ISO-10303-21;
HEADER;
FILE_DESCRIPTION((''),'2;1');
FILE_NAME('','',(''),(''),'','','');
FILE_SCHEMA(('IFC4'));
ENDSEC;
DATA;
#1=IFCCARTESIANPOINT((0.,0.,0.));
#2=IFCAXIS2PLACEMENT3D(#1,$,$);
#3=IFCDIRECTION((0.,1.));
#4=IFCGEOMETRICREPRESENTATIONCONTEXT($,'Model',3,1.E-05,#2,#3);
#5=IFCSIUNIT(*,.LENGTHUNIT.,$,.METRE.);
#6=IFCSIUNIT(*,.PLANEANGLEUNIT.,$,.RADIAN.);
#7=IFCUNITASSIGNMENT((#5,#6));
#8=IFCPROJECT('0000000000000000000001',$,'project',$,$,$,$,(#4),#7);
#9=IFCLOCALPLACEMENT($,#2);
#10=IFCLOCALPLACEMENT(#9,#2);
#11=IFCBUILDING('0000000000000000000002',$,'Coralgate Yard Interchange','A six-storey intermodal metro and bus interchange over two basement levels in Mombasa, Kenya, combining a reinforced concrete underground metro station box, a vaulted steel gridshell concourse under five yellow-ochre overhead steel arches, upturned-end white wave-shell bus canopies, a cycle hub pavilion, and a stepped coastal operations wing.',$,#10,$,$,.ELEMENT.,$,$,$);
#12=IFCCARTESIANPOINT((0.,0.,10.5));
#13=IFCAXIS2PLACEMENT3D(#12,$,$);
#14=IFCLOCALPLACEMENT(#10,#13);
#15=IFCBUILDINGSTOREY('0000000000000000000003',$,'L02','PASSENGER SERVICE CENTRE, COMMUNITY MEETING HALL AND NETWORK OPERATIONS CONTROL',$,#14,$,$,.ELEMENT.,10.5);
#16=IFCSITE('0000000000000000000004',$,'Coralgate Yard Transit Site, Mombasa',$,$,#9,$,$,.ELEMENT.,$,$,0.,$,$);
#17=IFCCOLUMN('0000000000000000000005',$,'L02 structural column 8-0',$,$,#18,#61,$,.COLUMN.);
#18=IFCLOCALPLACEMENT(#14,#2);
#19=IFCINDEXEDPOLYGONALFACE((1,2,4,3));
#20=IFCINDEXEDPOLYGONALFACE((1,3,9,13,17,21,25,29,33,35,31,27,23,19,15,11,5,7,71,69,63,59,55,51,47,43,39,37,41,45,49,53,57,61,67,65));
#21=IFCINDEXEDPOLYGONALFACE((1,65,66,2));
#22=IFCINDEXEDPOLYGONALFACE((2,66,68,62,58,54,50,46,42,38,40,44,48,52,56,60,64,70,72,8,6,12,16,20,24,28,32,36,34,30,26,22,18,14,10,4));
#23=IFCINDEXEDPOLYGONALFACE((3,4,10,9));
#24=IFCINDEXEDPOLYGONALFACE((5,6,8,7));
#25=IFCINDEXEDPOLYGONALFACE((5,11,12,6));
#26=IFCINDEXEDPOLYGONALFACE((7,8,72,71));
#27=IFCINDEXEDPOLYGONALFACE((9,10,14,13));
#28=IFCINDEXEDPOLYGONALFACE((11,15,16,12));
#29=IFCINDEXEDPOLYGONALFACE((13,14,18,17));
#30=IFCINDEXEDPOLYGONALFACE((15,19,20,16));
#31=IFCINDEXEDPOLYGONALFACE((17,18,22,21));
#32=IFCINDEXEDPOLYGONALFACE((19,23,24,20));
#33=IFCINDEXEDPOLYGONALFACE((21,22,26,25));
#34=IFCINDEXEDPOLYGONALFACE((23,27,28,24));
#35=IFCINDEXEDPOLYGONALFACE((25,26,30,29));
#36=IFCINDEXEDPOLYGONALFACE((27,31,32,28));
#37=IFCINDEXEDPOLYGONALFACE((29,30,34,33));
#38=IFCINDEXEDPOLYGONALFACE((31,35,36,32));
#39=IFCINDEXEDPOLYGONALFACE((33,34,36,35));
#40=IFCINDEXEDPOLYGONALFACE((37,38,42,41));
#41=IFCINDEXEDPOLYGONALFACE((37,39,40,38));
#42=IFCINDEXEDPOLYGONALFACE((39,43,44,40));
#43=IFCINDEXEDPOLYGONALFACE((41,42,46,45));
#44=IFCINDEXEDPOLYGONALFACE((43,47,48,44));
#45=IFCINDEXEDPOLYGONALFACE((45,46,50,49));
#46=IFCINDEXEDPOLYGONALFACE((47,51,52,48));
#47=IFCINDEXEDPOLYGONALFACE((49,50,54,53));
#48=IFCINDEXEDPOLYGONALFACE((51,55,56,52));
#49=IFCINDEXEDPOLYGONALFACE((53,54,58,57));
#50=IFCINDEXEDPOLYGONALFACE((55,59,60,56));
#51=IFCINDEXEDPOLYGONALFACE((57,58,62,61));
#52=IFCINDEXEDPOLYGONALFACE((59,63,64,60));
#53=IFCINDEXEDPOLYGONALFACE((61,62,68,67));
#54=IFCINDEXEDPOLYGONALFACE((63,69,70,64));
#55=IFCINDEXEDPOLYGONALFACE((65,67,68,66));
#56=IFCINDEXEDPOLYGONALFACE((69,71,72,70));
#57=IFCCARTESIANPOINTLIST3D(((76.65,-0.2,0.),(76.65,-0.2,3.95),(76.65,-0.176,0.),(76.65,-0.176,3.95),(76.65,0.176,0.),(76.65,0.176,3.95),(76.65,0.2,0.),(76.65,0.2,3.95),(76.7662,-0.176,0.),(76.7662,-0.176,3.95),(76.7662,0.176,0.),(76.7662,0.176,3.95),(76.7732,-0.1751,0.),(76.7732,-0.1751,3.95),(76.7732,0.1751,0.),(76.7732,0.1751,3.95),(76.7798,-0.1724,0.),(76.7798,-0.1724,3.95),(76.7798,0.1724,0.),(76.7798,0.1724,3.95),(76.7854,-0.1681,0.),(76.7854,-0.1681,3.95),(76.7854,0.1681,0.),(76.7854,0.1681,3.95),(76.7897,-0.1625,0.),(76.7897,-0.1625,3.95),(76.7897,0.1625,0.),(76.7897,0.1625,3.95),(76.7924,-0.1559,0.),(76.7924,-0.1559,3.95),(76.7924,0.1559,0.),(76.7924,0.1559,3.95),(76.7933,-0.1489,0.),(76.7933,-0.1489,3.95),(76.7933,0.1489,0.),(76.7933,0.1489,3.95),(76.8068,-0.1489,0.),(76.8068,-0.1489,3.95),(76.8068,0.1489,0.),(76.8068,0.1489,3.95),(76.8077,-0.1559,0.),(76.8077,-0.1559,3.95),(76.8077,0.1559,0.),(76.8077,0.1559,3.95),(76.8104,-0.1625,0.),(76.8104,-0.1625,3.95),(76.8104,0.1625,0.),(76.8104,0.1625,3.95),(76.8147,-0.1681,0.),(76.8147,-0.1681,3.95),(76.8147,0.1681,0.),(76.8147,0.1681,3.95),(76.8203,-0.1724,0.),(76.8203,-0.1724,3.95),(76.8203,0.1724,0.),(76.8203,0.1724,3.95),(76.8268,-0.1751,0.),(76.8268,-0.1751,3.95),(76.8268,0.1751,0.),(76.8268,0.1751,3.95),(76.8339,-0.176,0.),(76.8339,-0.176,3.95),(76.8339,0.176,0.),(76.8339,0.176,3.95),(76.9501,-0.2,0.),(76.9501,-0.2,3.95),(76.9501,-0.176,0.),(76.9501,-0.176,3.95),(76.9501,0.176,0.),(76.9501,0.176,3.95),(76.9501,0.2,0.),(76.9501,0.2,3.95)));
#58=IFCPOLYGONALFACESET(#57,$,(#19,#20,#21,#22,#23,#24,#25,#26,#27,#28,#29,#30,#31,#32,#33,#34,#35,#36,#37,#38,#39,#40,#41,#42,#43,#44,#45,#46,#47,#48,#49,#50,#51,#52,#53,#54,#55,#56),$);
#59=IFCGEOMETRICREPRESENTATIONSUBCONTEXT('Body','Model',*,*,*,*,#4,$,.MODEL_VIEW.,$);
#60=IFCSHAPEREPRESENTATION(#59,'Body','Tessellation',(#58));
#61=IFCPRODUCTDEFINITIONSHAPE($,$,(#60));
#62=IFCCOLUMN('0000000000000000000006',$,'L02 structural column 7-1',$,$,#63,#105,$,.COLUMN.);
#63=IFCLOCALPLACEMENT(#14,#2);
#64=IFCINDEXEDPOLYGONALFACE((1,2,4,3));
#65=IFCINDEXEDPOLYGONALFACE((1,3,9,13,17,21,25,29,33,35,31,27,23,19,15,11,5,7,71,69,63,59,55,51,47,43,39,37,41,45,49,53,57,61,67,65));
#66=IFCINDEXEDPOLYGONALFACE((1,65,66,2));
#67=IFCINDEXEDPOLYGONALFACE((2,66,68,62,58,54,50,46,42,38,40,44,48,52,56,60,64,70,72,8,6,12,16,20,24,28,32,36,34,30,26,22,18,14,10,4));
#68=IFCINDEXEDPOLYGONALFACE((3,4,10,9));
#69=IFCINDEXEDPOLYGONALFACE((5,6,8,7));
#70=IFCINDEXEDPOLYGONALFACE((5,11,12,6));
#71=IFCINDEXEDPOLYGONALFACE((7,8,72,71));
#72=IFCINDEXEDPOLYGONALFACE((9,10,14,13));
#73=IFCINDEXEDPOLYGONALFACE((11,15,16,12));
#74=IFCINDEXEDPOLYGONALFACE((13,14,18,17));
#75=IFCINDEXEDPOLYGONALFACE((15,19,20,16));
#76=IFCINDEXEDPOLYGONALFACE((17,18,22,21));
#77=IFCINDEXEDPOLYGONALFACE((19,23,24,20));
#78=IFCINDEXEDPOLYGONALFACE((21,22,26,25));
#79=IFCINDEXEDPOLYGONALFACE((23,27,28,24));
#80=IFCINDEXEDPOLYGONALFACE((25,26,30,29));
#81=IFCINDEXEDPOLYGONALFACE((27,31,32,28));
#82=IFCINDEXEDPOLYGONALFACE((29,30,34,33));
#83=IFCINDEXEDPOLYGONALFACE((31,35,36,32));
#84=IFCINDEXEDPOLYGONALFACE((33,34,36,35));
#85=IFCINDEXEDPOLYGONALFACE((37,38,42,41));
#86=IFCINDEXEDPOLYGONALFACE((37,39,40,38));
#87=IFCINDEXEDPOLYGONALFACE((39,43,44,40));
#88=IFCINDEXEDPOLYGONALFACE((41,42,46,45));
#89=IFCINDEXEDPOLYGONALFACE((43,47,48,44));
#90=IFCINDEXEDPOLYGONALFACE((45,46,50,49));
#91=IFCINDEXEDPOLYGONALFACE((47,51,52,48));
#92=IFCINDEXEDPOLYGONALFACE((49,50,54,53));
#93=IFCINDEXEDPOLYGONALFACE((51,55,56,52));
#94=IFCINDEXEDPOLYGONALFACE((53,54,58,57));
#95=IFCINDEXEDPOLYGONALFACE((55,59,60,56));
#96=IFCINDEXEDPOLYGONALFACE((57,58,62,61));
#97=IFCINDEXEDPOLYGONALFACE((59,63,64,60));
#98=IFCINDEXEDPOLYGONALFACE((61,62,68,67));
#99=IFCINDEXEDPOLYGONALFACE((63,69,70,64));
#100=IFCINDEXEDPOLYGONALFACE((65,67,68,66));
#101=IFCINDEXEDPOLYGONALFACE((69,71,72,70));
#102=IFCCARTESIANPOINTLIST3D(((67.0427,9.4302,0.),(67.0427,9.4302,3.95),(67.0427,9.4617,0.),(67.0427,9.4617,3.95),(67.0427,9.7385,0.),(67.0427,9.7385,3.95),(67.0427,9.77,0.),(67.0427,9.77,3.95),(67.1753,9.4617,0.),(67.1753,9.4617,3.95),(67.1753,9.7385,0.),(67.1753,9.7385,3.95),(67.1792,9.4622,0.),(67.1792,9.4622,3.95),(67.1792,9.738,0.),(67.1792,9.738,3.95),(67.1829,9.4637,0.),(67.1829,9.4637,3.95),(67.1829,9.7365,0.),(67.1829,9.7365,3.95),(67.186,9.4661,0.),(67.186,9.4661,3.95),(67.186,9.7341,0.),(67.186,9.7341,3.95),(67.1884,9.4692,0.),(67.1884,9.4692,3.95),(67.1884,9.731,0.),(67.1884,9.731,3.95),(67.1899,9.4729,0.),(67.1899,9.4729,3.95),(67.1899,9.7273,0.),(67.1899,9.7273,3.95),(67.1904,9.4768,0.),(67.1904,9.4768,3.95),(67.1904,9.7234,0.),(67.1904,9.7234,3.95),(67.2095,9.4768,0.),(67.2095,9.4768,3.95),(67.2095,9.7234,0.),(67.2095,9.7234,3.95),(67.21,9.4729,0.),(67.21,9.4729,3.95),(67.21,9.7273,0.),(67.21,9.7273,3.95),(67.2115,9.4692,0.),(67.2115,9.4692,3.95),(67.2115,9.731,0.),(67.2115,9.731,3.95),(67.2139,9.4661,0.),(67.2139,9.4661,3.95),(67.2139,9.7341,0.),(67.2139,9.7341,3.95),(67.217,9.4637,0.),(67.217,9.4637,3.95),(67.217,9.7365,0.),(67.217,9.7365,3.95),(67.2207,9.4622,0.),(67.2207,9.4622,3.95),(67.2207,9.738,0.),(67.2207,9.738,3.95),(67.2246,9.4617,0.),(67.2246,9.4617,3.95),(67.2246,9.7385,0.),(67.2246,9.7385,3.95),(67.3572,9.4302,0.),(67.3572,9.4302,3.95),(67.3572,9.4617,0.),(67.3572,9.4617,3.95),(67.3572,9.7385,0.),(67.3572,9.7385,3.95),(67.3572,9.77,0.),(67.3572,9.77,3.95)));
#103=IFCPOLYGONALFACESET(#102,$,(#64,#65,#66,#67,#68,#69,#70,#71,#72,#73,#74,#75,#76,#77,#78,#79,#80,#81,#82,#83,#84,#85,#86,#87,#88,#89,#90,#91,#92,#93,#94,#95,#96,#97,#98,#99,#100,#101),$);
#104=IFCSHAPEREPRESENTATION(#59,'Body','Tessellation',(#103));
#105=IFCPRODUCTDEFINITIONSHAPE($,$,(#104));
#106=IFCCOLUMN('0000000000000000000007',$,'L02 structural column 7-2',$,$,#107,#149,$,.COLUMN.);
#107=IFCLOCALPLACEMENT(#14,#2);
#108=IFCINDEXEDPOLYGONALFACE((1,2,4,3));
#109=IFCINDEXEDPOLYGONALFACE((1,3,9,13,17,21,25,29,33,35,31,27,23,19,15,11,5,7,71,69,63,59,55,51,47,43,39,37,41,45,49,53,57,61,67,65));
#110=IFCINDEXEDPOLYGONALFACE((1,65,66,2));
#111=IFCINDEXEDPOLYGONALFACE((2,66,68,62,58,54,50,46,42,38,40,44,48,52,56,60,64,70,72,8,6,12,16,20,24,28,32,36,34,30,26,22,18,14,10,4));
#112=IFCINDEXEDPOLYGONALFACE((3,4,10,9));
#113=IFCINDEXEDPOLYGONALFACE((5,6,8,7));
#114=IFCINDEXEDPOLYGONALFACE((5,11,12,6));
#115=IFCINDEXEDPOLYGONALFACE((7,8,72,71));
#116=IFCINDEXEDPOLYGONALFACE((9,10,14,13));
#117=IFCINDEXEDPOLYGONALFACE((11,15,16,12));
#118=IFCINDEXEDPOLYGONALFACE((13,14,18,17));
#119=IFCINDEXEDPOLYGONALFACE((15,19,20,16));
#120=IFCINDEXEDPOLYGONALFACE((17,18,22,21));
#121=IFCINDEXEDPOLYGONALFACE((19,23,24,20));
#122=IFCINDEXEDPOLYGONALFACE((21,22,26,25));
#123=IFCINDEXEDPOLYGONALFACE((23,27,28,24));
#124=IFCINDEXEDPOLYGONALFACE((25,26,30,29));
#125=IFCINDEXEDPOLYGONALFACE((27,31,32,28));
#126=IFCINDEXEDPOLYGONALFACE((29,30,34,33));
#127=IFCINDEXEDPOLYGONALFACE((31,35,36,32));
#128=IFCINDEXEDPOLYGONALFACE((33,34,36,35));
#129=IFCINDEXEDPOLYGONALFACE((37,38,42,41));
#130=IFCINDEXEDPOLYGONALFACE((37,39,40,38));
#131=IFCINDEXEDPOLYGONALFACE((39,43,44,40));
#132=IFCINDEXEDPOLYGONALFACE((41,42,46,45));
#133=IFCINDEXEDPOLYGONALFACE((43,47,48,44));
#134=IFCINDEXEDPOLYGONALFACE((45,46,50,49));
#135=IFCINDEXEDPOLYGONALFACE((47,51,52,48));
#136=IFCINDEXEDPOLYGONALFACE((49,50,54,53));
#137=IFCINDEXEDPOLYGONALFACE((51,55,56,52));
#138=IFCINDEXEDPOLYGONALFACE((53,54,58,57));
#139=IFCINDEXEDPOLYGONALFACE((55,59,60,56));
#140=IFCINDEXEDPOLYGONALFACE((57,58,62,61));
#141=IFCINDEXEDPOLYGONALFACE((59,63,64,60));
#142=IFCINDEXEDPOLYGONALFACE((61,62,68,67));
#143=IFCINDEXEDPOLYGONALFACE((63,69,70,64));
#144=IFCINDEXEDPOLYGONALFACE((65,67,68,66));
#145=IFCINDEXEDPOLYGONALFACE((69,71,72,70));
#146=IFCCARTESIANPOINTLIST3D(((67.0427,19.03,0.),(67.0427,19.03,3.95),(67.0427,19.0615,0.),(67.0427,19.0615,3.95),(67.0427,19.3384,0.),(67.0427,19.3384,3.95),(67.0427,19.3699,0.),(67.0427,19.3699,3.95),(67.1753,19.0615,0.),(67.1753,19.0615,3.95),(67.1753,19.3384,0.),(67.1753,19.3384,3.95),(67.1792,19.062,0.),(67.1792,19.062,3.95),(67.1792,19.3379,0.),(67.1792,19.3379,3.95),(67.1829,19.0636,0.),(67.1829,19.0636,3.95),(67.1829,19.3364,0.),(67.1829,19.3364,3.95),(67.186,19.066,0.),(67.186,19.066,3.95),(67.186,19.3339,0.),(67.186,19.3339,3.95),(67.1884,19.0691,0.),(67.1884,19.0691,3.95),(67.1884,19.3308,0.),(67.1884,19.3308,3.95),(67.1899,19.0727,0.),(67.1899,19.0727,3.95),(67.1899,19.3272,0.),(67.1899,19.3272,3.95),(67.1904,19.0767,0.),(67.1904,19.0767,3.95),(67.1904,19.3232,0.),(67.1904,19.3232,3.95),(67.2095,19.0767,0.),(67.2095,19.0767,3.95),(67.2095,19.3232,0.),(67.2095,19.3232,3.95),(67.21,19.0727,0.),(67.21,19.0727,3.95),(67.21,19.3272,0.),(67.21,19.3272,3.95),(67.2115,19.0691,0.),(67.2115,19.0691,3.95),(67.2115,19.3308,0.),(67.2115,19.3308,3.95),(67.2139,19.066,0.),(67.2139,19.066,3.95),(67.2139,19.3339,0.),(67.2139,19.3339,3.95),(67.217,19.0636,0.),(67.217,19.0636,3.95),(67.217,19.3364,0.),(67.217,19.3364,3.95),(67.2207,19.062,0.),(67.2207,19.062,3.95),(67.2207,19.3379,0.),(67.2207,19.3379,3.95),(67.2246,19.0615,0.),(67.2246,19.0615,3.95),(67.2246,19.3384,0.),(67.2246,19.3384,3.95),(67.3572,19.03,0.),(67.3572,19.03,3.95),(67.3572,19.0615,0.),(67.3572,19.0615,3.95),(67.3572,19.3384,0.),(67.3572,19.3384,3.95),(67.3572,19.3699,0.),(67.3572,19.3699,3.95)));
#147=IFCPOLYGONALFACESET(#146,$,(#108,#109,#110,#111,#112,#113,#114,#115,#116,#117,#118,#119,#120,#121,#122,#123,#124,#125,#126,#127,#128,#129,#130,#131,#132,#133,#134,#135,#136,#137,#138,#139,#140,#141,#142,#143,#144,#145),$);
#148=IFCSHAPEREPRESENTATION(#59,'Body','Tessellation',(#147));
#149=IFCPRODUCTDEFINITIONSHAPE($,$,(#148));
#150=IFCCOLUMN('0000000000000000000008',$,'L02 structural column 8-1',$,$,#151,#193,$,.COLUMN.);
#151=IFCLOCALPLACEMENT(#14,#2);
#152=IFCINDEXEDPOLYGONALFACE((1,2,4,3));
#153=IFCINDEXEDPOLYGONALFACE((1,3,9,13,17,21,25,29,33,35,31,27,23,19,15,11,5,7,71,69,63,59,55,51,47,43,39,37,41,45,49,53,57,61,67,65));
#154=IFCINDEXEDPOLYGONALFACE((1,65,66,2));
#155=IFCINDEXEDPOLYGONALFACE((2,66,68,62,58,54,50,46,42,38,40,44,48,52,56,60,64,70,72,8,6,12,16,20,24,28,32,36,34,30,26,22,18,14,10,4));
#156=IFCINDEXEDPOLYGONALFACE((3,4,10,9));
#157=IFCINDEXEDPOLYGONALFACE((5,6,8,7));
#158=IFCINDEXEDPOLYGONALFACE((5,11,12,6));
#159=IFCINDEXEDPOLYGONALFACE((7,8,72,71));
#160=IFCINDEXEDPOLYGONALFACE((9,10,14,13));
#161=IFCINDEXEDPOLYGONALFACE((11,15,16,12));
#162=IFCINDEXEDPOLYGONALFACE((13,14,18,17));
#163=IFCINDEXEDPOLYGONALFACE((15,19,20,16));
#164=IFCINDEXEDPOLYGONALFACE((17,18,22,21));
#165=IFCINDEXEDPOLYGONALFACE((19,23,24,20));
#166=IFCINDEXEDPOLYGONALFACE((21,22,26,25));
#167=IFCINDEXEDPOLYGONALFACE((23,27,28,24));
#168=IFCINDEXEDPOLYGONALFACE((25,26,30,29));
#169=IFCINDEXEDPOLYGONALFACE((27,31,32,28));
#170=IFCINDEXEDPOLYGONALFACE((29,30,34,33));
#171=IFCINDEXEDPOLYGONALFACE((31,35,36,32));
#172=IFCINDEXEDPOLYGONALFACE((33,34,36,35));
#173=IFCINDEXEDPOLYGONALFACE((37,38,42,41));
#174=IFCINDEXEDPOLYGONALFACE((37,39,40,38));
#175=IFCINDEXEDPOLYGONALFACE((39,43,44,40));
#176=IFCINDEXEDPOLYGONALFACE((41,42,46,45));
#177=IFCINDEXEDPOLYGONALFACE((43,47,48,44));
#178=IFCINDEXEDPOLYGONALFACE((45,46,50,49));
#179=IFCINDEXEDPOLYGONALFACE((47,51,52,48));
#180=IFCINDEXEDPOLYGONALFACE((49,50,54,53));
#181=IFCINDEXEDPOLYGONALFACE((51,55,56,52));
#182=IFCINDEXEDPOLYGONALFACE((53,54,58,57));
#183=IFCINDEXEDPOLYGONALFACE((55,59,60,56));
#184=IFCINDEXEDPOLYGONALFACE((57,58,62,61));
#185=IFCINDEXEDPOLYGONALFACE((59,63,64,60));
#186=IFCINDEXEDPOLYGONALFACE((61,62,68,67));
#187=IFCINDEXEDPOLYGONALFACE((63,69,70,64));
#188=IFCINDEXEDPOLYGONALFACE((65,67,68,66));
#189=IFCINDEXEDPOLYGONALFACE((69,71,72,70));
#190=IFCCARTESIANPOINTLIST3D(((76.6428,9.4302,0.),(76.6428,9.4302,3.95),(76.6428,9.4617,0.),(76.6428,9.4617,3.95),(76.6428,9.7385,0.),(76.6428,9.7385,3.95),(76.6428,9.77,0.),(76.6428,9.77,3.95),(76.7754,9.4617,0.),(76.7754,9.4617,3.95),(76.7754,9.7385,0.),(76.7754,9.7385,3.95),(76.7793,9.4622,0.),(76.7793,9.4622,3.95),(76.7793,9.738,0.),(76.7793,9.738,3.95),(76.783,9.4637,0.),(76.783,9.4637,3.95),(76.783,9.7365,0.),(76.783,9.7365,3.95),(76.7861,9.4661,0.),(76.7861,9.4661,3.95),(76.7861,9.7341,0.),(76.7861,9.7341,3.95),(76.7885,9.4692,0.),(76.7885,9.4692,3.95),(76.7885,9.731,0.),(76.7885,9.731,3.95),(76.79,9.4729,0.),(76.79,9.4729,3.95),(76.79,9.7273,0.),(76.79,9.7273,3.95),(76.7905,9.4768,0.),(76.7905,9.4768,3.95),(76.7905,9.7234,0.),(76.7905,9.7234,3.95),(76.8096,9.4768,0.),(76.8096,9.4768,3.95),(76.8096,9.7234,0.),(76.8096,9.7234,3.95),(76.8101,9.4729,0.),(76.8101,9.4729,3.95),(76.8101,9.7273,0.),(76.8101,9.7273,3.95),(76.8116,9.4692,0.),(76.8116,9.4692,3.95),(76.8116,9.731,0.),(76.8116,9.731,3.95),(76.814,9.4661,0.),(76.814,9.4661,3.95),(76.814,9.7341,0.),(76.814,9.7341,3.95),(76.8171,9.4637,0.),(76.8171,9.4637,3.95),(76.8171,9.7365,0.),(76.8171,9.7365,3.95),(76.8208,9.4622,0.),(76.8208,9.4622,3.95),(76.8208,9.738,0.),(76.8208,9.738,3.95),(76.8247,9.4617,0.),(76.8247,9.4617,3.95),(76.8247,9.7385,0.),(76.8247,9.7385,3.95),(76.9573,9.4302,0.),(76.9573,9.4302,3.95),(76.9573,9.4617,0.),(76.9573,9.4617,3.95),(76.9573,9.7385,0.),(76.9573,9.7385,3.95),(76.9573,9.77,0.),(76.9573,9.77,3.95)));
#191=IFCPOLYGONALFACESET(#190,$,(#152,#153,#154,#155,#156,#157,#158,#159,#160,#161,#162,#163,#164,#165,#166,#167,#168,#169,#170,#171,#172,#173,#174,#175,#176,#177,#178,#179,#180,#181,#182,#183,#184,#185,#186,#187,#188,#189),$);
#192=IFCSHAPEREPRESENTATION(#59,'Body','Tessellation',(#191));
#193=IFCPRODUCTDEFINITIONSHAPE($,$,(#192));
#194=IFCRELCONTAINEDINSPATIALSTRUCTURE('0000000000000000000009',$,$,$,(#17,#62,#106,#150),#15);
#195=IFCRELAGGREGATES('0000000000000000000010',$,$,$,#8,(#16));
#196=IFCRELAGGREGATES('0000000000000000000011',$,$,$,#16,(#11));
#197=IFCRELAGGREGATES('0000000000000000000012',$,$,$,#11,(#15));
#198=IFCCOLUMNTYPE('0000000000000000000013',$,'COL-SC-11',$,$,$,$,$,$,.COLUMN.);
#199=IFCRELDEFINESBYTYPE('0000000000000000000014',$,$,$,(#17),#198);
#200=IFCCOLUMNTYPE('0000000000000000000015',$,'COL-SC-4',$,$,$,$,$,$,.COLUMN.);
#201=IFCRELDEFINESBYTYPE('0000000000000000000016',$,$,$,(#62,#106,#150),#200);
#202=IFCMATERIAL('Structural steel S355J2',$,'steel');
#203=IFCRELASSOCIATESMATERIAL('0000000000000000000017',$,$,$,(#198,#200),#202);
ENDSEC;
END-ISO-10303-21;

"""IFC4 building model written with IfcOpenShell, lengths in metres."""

from ifc_helpers import new_model, si_unit, direction, frame, origin, origin_2d, place, context, subcontext, project, spatial, i_section, extrude, material, material_profile, profile_set, type_object, element, save


model = new_model("IFC4")

# Units and contexts
model_context = context("Model", 3, precision=1e-05, world=origin(), true_north=direction((0.0, 1.0)))
body_context = subcontext(model_context, "Body", "Model", "MODEL_VIEW")
ifc_project = project(units=[si_unit("LENGTHUNIT", "METRE"), si_unit("PLANEANGLEUNIT", "RADIAN")], contexts=[model_context])

# Site, building, storey
site_placement = place(None, origin())
site = spatial("IfcSite", under=ifc_project, at=site_placement, Name="Coralgate Yard Transit Site, Mombasa", CompositionType="ELEMENT", RefElevation=0.0)
building_placement = place(site_placement, origin())
building = spatial("IfcBuilding", under=site, at=building_placement, Name="Coralgate Yard Interchange", Description="A six-storey intermodal metro and bus interchange over two basement levels in Mombasa, Kenya, combining a reinforced concrete underground metro station box, a vaulted steel gridshell concourse under five yellow-ochre overhead steel arches, upturned-end white wave-shell bus canopies, a cycle hub pavilion, and a stepped coastal operations wing.", CompositionType="ELEMENT")
storey_placement = place(building_placement, frame((0.0, 0.0, 10.5)))
storey = spatial("IfcBuildingStorey", under=building, at=storey_placement, Name="L02", Description="PASSENGER SERVICE CENTRE, COMMUNITY MEETING HALL AND NETWORK OPERATIONS CONTROL", CompositionType="ELEMENT", Elevation=10.5)

# Columns
ifc_material_1 = material(Name="Structural steel S355J2", Category="steel")
ifc_material_profile_1 = material_profile(ifc_material_1, i_section(OverallWidth=0.3, OverallDepth=0.3999, WebThickness=0.0134, FlangeThickness=0.0239, FilletRadius=0.0271, at=origin_2d()), Name="HEB 400")
ifc_profile_set_1 = profile_set([ifc_material_profile_1], Name="Structural steel S355J2")
column_type_1 = type_object("IfcColumnType", Name="COL-SC-11", PredefinedType="COLUMN", material=ifc_profile_set_1)
column_placement = place(storey_placement, frame((76.8, 0.0, 0.0), z_axis=(0.0, 0.0, 1.0), x_axis=(1.0, 0.0, 0.0)))
element("IfcColumn", 1, at=column_placement, inside=storey, type_object=column_type_1, Name="L02 structural column 8-0", PredefinedType="COLUMN", context=body_context, shape_type="SweptSolid", body=[
    extrude(i_section(OverallWidth=0.3, OverallDepth=0.3999, WebThickness=0.0134, FlangeThickness=0.0239, FilletRadius=0.0271, at=origin_2d()), origin(), (0.0, 0.0, 1.0), 3.95),
])
ifc_material_profile_2 = material_profile(ifc_material_1, i_section(OverallWidth=0.3145, OverallDepth=0.3398, WebThickness=0.019, FlangeThickness=0.0315, FilletRadius=0.0151, at=origin_2d()), Name="UC 305x305x198")
ifc_profile_set_2 = profile_set([ifc_material_profile_2], Name="Structural steel S355J2")
column_type_2 = type_object("IfcColumnType", Name="COL-SC-4", PredefinedType="COLUMN", material=ifc_profile_set_2)
for number, where, z_axis, x_axis, name in (
    (2, (67.2, 9.6001, 0.0), (0.0, 0.0, 1.0), (1.0, 0.0, 0.0), "L02 structural column 7-1"),
    (3, (67.2, 19.2, 0.0), (0.0, 0.0, 1.0), (1.0, 0.0, 0.0), "L02 structural column 7-2"),
    (4, (76.8, 9.6001, 0.0), (0.0, 0.0, 1.0), (1.0, 0.0, 0.0), "L02 structural column 8-1"),
):
    element("IfcColumn", number, at=place(storey_placement, frame(where, z_axis=z_axis, x_axis=x_axis)), inside=storey, type_object=column_type_2, Name=name, PredefinedType="COLUMN", context=body_context, shape_type="SweptSolid", body=[
        extrude(i_section(OverallWidth=0.3145, OverallDepth=0.3398, WebThickness=0.019, FlangeThickness=0.0315, FilletRadius=0.0151, at=origin_2d()), origin(), (0.0, 0.0, 1.0), 3.95),
    ])

save(model, "model.ifc")
